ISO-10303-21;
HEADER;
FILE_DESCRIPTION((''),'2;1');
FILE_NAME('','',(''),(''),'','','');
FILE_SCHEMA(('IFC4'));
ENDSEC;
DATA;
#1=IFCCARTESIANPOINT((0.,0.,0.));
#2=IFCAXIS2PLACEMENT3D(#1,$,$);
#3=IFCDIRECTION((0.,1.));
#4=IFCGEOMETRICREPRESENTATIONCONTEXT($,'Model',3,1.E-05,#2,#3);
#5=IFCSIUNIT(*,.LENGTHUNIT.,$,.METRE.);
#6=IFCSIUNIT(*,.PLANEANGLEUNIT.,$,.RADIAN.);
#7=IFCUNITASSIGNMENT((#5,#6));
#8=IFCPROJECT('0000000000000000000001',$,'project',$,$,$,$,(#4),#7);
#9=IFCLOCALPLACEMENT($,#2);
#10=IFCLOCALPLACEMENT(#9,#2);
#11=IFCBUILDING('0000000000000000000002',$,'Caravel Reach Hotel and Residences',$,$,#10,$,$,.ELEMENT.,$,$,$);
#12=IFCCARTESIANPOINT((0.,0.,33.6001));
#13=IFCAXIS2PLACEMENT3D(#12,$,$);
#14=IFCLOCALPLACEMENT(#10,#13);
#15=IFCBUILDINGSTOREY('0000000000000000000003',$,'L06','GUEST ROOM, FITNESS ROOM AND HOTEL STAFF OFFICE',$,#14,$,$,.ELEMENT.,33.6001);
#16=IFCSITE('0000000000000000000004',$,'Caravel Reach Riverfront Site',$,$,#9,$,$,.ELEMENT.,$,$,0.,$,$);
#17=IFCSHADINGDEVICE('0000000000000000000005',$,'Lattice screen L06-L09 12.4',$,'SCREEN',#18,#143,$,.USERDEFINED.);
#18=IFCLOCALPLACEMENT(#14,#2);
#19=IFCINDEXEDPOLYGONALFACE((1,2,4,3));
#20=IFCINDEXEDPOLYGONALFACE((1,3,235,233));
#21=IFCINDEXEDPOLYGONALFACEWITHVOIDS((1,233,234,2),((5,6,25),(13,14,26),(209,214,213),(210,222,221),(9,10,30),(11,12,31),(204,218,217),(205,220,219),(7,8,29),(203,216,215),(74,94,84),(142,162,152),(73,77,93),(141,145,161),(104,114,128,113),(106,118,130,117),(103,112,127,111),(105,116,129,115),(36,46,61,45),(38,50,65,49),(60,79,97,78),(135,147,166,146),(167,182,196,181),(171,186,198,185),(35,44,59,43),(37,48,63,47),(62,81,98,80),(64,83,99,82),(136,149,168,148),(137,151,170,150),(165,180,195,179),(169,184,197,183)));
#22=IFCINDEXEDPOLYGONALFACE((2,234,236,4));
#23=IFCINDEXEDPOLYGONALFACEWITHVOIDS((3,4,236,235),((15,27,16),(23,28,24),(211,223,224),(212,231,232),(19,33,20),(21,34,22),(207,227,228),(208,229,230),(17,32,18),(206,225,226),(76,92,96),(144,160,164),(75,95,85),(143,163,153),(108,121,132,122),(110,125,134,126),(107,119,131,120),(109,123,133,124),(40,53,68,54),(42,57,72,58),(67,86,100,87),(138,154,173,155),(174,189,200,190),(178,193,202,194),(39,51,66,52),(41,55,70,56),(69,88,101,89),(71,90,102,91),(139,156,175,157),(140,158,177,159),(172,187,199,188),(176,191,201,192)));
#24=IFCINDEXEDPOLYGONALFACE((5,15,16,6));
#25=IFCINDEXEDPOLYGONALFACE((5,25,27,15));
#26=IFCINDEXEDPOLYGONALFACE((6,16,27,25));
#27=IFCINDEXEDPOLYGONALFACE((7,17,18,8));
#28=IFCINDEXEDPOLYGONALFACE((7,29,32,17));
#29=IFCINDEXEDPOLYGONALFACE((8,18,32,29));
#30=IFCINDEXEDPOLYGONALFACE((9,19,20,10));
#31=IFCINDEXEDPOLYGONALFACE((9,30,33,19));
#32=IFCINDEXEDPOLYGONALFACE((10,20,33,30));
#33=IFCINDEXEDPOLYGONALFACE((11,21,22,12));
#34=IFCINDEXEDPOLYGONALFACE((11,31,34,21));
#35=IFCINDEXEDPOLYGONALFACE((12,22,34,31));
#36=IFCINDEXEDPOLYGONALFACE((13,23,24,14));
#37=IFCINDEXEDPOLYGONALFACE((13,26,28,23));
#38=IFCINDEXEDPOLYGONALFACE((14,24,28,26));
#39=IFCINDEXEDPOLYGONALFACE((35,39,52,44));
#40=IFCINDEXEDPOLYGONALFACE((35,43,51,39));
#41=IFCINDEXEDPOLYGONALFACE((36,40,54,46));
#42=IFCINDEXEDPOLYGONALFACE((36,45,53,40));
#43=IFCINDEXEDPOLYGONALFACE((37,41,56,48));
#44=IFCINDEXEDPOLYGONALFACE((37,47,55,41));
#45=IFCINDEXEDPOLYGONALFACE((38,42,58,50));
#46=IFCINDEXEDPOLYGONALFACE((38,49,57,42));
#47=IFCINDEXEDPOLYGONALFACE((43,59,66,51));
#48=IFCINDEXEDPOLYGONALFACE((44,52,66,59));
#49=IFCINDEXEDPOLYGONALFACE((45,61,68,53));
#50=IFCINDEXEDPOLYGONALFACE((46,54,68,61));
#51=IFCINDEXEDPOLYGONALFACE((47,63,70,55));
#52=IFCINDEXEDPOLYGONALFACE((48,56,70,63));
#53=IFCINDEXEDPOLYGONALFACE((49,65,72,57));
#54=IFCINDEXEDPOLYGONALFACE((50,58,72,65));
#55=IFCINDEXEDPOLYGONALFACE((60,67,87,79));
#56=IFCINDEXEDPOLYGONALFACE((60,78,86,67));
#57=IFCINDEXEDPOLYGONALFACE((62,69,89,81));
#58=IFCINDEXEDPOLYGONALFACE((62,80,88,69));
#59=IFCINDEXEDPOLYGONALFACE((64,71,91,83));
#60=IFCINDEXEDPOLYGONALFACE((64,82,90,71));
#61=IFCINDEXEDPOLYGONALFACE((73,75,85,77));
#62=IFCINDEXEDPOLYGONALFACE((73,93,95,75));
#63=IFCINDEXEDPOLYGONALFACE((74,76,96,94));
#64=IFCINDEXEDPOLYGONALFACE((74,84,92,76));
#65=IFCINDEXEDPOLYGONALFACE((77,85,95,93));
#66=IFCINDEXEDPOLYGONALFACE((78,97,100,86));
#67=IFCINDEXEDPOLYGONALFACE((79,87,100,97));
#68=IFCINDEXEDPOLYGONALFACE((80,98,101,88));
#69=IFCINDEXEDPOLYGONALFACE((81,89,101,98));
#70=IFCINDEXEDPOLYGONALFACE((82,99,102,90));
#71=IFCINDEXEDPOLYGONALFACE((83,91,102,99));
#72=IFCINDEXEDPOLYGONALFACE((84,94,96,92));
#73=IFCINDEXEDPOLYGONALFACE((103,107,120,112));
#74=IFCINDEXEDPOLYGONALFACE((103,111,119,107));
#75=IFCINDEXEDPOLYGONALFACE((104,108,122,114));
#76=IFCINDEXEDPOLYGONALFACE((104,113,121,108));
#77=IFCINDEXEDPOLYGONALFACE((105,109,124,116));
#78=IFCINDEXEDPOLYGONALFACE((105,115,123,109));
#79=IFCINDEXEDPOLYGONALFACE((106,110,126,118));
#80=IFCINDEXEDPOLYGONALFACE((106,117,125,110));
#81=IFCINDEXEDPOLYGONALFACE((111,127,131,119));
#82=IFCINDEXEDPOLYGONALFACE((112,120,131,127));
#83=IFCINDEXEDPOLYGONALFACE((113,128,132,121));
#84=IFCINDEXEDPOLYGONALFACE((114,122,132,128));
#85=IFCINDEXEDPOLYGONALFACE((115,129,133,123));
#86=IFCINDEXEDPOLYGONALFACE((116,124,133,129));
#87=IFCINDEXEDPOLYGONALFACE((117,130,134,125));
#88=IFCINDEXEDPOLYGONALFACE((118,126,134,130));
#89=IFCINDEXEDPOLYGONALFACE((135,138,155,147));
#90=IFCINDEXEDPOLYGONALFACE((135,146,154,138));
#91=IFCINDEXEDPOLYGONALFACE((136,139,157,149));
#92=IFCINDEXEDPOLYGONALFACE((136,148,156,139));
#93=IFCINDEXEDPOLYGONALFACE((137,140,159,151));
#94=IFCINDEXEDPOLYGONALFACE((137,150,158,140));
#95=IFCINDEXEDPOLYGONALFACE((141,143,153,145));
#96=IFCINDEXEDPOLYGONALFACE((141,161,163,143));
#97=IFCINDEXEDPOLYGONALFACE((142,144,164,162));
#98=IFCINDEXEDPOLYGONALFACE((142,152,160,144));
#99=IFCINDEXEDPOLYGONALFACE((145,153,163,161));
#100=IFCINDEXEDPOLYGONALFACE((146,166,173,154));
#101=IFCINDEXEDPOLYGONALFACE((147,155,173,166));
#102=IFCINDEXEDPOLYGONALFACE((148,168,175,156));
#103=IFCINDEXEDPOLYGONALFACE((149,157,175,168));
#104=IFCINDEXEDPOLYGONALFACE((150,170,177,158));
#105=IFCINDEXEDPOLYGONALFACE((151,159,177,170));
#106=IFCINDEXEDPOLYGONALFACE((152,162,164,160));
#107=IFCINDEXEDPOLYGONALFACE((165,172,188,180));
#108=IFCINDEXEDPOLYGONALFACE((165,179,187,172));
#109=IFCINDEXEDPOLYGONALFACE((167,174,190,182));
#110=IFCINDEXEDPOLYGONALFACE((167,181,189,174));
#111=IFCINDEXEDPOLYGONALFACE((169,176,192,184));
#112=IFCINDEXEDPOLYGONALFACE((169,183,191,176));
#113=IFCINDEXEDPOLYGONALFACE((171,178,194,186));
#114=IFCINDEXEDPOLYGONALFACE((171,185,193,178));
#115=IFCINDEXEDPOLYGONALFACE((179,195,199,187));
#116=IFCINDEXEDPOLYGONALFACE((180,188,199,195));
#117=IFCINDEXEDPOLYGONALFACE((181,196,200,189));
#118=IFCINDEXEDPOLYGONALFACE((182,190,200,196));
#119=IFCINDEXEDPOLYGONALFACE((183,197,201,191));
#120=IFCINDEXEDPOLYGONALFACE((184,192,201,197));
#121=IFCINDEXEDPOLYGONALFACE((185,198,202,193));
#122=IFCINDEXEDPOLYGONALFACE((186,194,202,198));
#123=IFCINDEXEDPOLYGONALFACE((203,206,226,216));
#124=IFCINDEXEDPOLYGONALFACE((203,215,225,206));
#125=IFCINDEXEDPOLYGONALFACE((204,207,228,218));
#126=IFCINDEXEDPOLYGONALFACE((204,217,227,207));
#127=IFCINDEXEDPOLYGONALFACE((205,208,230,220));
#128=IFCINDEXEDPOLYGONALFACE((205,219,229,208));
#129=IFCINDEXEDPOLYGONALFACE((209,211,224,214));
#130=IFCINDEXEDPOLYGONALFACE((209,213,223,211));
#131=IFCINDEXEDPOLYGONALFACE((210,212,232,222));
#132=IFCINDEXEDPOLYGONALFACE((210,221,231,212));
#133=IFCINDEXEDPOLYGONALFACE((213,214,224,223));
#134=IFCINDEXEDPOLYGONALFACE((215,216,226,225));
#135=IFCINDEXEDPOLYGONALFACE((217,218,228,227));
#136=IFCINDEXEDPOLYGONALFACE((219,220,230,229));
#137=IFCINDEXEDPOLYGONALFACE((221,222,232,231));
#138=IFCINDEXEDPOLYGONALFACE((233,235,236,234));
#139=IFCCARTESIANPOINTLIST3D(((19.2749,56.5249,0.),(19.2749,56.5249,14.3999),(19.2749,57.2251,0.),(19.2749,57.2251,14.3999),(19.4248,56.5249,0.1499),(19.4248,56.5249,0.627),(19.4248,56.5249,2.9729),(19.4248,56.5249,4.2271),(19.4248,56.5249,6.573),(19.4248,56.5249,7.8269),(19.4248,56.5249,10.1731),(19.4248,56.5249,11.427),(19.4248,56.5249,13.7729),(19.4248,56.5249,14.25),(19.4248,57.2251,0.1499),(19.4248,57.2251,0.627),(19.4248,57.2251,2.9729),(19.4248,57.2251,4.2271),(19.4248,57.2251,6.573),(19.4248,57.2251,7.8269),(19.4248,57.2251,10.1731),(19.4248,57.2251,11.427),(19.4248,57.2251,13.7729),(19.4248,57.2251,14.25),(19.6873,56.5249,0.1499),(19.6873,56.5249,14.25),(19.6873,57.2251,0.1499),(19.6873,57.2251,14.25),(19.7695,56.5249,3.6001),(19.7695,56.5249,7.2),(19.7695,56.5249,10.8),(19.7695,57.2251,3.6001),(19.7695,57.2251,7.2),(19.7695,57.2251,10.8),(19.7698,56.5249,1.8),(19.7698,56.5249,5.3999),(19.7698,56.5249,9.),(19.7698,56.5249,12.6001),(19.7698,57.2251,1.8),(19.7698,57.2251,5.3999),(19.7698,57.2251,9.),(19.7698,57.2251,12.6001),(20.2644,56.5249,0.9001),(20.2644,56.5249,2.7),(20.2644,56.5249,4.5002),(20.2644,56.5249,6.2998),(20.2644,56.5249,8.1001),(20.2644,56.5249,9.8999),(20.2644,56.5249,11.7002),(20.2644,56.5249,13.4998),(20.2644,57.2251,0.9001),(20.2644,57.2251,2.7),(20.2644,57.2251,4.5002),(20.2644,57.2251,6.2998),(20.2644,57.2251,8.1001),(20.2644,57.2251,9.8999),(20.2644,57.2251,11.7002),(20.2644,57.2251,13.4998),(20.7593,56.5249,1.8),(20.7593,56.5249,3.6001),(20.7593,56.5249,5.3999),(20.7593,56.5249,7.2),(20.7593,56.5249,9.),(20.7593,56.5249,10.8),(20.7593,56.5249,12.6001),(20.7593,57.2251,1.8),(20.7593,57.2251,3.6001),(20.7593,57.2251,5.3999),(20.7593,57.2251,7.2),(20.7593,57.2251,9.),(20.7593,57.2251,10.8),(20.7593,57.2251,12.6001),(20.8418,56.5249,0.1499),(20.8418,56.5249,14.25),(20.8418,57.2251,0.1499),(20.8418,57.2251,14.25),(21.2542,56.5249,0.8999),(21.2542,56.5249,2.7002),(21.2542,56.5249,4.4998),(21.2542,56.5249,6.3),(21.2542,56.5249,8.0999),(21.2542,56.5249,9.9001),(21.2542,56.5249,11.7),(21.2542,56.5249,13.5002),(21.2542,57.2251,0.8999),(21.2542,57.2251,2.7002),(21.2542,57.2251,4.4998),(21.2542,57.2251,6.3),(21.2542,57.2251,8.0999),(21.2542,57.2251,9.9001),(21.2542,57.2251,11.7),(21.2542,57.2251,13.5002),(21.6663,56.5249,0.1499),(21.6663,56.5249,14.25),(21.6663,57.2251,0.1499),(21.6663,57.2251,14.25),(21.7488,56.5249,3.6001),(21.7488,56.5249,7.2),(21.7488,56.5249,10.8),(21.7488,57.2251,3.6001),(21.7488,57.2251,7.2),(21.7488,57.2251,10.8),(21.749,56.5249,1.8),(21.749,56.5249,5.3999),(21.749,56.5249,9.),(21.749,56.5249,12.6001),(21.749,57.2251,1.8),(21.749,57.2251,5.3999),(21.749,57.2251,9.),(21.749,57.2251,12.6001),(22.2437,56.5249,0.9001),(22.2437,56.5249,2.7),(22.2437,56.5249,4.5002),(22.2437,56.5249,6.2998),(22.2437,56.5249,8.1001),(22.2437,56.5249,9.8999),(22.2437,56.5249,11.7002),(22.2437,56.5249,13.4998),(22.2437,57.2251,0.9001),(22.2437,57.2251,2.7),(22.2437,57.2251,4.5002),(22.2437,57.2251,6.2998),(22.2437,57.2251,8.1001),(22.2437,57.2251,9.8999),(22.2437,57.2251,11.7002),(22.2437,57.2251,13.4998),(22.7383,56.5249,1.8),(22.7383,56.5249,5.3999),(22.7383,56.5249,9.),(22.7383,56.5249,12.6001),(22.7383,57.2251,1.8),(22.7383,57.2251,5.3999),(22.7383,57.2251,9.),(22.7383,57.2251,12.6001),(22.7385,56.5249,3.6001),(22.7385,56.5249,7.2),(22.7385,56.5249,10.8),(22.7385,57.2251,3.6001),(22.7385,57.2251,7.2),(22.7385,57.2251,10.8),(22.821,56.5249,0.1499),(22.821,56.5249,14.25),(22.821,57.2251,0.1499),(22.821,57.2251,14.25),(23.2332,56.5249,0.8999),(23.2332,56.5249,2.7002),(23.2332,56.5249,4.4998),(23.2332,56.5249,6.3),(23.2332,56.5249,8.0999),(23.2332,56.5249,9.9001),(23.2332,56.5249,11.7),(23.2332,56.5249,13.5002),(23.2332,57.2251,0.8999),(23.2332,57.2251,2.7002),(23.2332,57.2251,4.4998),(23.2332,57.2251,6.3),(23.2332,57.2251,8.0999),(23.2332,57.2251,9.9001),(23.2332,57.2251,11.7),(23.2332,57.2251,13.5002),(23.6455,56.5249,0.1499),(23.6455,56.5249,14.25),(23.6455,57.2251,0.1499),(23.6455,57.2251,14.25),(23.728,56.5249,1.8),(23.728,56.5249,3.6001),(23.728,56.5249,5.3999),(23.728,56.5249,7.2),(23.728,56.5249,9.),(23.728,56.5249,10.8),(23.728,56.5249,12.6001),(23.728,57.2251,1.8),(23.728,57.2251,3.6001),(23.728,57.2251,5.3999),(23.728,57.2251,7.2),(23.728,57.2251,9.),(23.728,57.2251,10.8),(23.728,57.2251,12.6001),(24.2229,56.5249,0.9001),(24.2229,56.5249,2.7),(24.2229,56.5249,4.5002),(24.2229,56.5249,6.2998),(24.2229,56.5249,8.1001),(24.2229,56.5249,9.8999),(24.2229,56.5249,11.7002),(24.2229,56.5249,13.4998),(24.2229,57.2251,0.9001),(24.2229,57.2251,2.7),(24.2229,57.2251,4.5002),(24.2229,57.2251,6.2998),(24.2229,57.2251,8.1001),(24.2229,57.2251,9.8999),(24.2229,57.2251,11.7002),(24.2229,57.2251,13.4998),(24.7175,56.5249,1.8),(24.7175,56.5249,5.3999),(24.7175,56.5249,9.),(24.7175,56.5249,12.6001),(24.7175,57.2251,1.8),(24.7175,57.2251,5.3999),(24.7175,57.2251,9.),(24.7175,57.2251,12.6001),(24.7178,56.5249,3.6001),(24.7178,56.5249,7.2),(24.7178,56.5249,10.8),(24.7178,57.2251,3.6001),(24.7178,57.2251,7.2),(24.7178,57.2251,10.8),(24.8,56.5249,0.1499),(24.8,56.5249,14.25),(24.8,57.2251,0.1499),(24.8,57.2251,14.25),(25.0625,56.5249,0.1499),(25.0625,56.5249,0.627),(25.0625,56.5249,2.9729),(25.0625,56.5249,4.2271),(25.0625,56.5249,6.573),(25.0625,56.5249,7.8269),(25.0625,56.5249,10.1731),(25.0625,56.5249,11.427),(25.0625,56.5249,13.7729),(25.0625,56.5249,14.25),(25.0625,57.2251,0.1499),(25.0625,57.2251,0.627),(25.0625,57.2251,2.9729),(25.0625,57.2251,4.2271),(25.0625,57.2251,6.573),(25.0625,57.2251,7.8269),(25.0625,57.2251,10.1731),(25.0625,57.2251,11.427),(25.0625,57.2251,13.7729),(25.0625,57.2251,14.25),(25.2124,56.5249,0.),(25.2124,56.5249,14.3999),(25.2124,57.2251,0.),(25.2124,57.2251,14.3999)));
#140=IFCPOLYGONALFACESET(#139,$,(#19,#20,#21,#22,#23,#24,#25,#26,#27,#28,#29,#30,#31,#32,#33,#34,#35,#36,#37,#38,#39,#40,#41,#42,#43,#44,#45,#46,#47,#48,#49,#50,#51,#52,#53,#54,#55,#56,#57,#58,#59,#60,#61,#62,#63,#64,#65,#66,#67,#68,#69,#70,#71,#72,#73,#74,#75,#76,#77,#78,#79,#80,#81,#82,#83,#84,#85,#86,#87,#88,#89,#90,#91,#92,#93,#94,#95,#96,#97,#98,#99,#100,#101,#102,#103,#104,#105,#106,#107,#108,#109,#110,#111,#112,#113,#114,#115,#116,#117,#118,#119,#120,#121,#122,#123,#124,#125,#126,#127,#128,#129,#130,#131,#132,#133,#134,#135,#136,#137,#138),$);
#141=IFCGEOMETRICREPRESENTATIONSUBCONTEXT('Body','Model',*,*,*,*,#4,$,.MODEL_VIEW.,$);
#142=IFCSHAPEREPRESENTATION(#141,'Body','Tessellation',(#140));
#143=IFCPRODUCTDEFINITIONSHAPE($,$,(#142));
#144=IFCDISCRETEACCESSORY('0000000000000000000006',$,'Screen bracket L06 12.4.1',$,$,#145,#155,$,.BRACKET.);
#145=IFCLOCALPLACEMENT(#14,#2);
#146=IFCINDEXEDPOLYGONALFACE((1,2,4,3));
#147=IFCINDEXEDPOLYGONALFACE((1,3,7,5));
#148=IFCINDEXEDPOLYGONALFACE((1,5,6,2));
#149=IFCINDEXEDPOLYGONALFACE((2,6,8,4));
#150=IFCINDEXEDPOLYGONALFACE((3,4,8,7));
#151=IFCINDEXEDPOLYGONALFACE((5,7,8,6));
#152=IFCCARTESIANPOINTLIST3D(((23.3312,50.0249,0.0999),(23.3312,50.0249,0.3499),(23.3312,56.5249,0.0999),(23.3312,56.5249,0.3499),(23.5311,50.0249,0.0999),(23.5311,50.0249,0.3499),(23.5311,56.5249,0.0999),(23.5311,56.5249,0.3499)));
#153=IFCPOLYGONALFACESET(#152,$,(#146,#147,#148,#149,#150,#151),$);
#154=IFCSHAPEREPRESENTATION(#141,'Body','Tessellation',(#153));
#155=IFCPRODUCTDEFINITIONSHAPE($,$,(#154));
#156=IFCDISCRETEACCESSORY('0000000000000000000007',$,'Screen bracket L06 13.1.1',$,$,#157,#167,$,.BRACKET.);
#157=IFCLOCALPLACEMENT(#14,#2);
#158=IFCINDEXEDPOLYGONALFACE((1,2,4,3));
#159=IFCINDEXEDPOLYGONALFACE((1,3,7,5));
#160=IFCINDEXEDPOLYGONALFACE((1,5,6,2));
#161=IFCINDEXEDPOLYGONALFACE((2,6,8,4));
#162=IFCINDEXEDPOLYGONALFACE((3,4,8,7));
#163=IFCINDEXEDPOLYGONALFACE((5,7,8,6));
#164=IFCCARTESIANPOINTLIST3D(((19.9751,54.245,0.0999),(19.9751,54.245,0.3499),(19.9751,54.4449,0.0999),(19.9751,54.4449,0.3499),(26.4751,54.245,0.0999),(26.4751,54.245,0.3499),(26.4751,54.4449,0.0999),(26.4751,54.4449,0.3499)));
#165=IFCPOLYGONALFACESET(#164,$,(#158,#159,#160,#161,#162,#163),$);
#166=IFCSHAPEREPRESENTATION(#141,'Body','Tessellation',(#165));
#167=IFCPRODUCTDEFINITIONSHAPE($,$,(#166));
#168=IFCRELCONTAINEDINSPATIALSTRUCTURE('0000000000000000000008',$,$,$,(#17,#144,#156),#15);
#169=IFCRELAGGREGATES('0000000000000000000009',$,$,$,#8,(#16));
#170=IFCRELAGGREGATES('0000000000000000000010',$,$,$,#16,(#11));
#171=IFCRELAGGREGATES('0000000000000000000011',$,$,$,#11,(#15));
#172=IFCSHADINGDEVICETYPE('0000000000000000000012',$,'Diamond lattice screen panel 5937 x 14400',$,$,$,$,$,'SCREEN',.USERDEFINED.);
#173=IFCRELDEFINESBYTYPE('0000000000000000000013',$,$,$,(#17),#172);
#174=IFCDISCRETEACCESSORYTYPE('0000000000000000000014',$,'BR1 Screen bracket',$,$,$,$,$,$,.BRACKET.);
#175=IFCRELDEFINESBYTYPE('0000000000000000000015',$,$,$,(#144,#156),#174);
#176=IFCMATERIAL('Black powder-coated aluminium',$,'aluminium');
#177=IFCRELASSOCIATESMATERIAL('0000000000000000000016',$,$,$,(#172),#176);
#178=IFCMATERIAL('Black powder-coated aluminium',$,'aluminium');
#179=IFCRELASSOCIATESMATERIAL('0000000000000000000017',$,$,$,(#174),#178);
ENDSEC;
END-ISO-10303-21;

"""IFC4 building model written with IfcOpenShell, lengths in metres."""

from ifc_helpers import new_model, si_unit, direction, frame, origin, origin_2d, place, context, subcontext, project, spatial, polyline, rectangle, outline, extrude, material, type_object, element, save


model = new_model("IFC4")

# Units and contexts
model_context = context("Model", 3, precision=1e-05, world=origin(), true_north=direction((0.0, 1.0)))
body_context = subcontext(model_context, "Body", "Model", "MODEL_VIEW")
ifc_project = project(units=[si_unit("LENGTHUNIT", "METRE"), si_unit("PLANEANGLEUNIT", "RADIAN")], contexts=[model_context])

# Site, building, storey
site_placement = place(None, origin())
site = spatial("IfcSite", under=ifc_project, at=site_placement, Name="Caravel Reach Riverfront Site", CompositionType="ELEMENT", RefElevation=0.0)
building_placement = place(site_placement, origin())
building = spatial("IfcBuilding", under=site, at=building_placement, Name="Caravel Reach Hotel and Residences", CompositionType="ELEMENT")
storey_placement = place(building_placement, frame((0.0, 0.0, 33.6001)))
storey = spatial("IfcBuildingStorey", under=building, at=storey_placement, Name="L06", Description="GUEST ROOM, FITNESS ROOM AND HOTEL STAFF OFFICE", CompositionType="ELEMENT", Elevation=33.6001)

# Shading device
ifc_material_1 = material(Name="Black powder-coated aluminium", Category="aluminium")
shading_device_type_1 = type_object("IfcShadingDeviceType", Name="Diamond lattice screen panel 5937 x 14400", ElementType="SCREEN", PredefinedType="USERDEFINED", material=ifc_material_1)
shading_device_placement = place(storey_placement, frame((25.2124, 56.5249, 0.0), z_axis=(0.0, 1.0, 0.0), x_axis=(-1.0, 0.0, 0.0)))
element("IfcShadingDevice", 1, at=shading_device_placement, inside=storey, type_object=shading_device_type_1, Name="Lattice screen L06-L09 12.4", ObjectType="SCREEN", PredefinedType="USERDEFINED", context=body_context, shape_type="SweptSolid", body=[
    extrude(outline(polyline([(0.0, 0.0), (5.9375, 0.0), (5.9375, 14.3999), (0.0, 14.3999), (0.0, 0.0)]), holes=[polyline([(0.4124, 0.1499), (0.1499, 0.627), (0.1499, 0.1499), (0.4124, 0.1499)]), polyline([(0.4946, 3.6001), (0.1499, 4.2271), (0.1499, 2.9729), (0.4946, 3.6001)]), polyline([(0.4946, 7.2), (0.1499, 7.8269), (0.1499, 6.573), (0.4946, 7.2)]), polyline([(0.4946, 10.8), (0.1499, 11.427), (0.1499, 10.1731), (0.4946, 10.8)]), polyline([(0.1499, 13.7729), (0.4124, 14.25), (0.1499, 14.25), (0.1499, 13.7729)]), polyline([(0.9895, 2.7), (0.4949, 1.8), (0.9895, 0.9001), (1.4844, 1.8), (0.9895, 2.7)]), polyline([(0.9895, 6.2998), (0.4949, 5.3999), (0.9895, 4.5002), (1.4844, 5.3999), (0.9895, 6.2998)]), polyline([(0.9895, 9.8999), (0.4949, 9.0), (0.9895, 8.1001), (1.4844, 9.0), (0.9895, 9.8999)]), polyline([(0.9895, 13.4998), (0.4949, 12.6001), (0.9895, 11.7002), (1.4844, 12.6001), (0.9895, 13.4998)]), polyline([(1.9792, 0.8999), (1.5669, 0.1499), (2.3914, 0.1499), (1.9792, 0.8999)]), polyline([(1.9792, 4.4998), (1.4844, 3.6001), (1.9792, 2.7002), (2.4739, 3.6001), (1.9792, 4.4998)]), polyline([(1.9792, 8.0999), (1.4844, 7.2), (1.9792, 6.3), (2.4739, 7.2), (1.9792, 8.0999)]), polyline([(1.9792, 11.7), (1.4844, 10.8), (1.9792, 9.9001), (2.4739, 10.8), (1.9792, 11.7)]), polyline([(1.9792, 13.5002), (2.3914, 14.25), (1.5669, 14.25), (1.9792, 13.5002)]), polyline([(2.9688, 2.7), (2.4741, 1.8), (2.9688, 0.9001), (3.4634, 1.8), (2.9688, 2.7)]), polyline([(2.9688, 6.2998), (2.4741, 5.3999), (2.9688, 4.5002), (3.4634, 5.3999), (2.9688, 6.2998)]), polyline([(2.9688, 9.8999), (2.4741, 9.0), (2.9688, 8.1001), (3.4634, 9.0), (2.9688, 9.8999)]), polyline([(2.9688, 13.4998), (2.4741, 12.6001), (2.9688, 11.7002), (3.4634, 12.6001), (2.9688, 13.4998)]), polyline([(3.9583, 0.8999), (3.5461, 0.1499), (4.3706, 0.1499), (3.9583, 0.8999)]), polyline([(3.9583, 4.4998), (3.4636, 3.6001), (3.9583, 2.7002), (4.4531, 3.6001), (3.9583, 4.4998)]), polyline([(3.9583, 8.0999), (3.4636, 7.2), (3.9583, 6.3), (4.4531, 7.2), (3.9583, 8.0999)]), polyline([(3.9583, 11.7), (3.4636, 10.8), (3.9583, 9.9001), (4.4531, 10.8), (3.9583, 11.7)]), polyline([(3.9583, 13.5002), (4.3706, 14.25), (3.5461, 14.25), (3.9583, 13.5002)]), polyline([(4.948, 2.7), (4.4531, 1.8), (4.948, 0.9001), (5.4426, 1.8), (4.948, 2.7)]), polyline([(4.948, 6.2998), (4.4531, 5.3999), (4.948, 4.5002), (5.4426, 5.3999), (4.948, 6.2998)]), polyline([(4.948, 9.8999), (4.4531, 9.0), (4.948, 8.1001), (5.4426, 9.0), (4.948, 9.8999)]), polyline([(4.948, 13.4998), (4.4531, 12.6001), (4.948, 11.7002), (5.4426, 12.6001), (4.948, 13.4998)]), polyline([(5.7876, 0.627), (5.5251, 0.1499), (5.7876, 0.1499), (5.7876, 0.627)]), polyline([(5.4429, 3.6001), (5.7876, 2.9729), (5.7876, 4.2271), (5.4429, 3.6001)]), polyline([(5.4429, 7.2), (5.7876, 6.573), (5.7876, 7.8269), (5.4429, 7.2)]), polyline([(5.4429, 10.8), (5.7876, 10.1731), (5.7876, 11.427), (5.4429, 10.8)]), polyline([(5.5251, 14.25), (5.7876, 13.7729), (5.7876, 14.25), (5.5251, 14.25)])]), origin(), (0.0, 0.0, 1.0), 0.7002),
])

# Discrete accessories
ifc_material_2 = material(Name="Black powder-coated aluminium", Category="aluminium")
discrete_accessory_type = type_object("IfcDiscreteAccessoryType", Name="BR1 Screen bracket", PredefinedType="BRACKET", material=ifc_material_2)
for number, where, z_axis, x_axis, name in (
    (2, (23.4312, 53.2749, 0.0999), (0.0, 0.0, 1.0), (0.0, 1.0, 0.0), "Screen bracket L06 12.4.1"),
    (3, (23.2251, 54.345, 0.0999), (0.0, 0.0, 1.0), (-1.0, 0.0, 0.0), "Screen bracket L06 13.1.1"),
):
    element("IfcDiscreteAccessory", number, at=place(storey_placement, frame(where, z_axis=z_axis, x_axis=x_axis)), inside=storey, type_object=discrete_accessory_type, Name=name, PredefinedType="BRACKET", context=body_context, shape_type="SweptSolid", body=[
        extrude(rectangle(XDim=6.5, YDim=0.2, at=origin_2d()), origin(), (0.0, 0.0, 1.0), 0.25),
    ])

save(model, "model.ifc")
